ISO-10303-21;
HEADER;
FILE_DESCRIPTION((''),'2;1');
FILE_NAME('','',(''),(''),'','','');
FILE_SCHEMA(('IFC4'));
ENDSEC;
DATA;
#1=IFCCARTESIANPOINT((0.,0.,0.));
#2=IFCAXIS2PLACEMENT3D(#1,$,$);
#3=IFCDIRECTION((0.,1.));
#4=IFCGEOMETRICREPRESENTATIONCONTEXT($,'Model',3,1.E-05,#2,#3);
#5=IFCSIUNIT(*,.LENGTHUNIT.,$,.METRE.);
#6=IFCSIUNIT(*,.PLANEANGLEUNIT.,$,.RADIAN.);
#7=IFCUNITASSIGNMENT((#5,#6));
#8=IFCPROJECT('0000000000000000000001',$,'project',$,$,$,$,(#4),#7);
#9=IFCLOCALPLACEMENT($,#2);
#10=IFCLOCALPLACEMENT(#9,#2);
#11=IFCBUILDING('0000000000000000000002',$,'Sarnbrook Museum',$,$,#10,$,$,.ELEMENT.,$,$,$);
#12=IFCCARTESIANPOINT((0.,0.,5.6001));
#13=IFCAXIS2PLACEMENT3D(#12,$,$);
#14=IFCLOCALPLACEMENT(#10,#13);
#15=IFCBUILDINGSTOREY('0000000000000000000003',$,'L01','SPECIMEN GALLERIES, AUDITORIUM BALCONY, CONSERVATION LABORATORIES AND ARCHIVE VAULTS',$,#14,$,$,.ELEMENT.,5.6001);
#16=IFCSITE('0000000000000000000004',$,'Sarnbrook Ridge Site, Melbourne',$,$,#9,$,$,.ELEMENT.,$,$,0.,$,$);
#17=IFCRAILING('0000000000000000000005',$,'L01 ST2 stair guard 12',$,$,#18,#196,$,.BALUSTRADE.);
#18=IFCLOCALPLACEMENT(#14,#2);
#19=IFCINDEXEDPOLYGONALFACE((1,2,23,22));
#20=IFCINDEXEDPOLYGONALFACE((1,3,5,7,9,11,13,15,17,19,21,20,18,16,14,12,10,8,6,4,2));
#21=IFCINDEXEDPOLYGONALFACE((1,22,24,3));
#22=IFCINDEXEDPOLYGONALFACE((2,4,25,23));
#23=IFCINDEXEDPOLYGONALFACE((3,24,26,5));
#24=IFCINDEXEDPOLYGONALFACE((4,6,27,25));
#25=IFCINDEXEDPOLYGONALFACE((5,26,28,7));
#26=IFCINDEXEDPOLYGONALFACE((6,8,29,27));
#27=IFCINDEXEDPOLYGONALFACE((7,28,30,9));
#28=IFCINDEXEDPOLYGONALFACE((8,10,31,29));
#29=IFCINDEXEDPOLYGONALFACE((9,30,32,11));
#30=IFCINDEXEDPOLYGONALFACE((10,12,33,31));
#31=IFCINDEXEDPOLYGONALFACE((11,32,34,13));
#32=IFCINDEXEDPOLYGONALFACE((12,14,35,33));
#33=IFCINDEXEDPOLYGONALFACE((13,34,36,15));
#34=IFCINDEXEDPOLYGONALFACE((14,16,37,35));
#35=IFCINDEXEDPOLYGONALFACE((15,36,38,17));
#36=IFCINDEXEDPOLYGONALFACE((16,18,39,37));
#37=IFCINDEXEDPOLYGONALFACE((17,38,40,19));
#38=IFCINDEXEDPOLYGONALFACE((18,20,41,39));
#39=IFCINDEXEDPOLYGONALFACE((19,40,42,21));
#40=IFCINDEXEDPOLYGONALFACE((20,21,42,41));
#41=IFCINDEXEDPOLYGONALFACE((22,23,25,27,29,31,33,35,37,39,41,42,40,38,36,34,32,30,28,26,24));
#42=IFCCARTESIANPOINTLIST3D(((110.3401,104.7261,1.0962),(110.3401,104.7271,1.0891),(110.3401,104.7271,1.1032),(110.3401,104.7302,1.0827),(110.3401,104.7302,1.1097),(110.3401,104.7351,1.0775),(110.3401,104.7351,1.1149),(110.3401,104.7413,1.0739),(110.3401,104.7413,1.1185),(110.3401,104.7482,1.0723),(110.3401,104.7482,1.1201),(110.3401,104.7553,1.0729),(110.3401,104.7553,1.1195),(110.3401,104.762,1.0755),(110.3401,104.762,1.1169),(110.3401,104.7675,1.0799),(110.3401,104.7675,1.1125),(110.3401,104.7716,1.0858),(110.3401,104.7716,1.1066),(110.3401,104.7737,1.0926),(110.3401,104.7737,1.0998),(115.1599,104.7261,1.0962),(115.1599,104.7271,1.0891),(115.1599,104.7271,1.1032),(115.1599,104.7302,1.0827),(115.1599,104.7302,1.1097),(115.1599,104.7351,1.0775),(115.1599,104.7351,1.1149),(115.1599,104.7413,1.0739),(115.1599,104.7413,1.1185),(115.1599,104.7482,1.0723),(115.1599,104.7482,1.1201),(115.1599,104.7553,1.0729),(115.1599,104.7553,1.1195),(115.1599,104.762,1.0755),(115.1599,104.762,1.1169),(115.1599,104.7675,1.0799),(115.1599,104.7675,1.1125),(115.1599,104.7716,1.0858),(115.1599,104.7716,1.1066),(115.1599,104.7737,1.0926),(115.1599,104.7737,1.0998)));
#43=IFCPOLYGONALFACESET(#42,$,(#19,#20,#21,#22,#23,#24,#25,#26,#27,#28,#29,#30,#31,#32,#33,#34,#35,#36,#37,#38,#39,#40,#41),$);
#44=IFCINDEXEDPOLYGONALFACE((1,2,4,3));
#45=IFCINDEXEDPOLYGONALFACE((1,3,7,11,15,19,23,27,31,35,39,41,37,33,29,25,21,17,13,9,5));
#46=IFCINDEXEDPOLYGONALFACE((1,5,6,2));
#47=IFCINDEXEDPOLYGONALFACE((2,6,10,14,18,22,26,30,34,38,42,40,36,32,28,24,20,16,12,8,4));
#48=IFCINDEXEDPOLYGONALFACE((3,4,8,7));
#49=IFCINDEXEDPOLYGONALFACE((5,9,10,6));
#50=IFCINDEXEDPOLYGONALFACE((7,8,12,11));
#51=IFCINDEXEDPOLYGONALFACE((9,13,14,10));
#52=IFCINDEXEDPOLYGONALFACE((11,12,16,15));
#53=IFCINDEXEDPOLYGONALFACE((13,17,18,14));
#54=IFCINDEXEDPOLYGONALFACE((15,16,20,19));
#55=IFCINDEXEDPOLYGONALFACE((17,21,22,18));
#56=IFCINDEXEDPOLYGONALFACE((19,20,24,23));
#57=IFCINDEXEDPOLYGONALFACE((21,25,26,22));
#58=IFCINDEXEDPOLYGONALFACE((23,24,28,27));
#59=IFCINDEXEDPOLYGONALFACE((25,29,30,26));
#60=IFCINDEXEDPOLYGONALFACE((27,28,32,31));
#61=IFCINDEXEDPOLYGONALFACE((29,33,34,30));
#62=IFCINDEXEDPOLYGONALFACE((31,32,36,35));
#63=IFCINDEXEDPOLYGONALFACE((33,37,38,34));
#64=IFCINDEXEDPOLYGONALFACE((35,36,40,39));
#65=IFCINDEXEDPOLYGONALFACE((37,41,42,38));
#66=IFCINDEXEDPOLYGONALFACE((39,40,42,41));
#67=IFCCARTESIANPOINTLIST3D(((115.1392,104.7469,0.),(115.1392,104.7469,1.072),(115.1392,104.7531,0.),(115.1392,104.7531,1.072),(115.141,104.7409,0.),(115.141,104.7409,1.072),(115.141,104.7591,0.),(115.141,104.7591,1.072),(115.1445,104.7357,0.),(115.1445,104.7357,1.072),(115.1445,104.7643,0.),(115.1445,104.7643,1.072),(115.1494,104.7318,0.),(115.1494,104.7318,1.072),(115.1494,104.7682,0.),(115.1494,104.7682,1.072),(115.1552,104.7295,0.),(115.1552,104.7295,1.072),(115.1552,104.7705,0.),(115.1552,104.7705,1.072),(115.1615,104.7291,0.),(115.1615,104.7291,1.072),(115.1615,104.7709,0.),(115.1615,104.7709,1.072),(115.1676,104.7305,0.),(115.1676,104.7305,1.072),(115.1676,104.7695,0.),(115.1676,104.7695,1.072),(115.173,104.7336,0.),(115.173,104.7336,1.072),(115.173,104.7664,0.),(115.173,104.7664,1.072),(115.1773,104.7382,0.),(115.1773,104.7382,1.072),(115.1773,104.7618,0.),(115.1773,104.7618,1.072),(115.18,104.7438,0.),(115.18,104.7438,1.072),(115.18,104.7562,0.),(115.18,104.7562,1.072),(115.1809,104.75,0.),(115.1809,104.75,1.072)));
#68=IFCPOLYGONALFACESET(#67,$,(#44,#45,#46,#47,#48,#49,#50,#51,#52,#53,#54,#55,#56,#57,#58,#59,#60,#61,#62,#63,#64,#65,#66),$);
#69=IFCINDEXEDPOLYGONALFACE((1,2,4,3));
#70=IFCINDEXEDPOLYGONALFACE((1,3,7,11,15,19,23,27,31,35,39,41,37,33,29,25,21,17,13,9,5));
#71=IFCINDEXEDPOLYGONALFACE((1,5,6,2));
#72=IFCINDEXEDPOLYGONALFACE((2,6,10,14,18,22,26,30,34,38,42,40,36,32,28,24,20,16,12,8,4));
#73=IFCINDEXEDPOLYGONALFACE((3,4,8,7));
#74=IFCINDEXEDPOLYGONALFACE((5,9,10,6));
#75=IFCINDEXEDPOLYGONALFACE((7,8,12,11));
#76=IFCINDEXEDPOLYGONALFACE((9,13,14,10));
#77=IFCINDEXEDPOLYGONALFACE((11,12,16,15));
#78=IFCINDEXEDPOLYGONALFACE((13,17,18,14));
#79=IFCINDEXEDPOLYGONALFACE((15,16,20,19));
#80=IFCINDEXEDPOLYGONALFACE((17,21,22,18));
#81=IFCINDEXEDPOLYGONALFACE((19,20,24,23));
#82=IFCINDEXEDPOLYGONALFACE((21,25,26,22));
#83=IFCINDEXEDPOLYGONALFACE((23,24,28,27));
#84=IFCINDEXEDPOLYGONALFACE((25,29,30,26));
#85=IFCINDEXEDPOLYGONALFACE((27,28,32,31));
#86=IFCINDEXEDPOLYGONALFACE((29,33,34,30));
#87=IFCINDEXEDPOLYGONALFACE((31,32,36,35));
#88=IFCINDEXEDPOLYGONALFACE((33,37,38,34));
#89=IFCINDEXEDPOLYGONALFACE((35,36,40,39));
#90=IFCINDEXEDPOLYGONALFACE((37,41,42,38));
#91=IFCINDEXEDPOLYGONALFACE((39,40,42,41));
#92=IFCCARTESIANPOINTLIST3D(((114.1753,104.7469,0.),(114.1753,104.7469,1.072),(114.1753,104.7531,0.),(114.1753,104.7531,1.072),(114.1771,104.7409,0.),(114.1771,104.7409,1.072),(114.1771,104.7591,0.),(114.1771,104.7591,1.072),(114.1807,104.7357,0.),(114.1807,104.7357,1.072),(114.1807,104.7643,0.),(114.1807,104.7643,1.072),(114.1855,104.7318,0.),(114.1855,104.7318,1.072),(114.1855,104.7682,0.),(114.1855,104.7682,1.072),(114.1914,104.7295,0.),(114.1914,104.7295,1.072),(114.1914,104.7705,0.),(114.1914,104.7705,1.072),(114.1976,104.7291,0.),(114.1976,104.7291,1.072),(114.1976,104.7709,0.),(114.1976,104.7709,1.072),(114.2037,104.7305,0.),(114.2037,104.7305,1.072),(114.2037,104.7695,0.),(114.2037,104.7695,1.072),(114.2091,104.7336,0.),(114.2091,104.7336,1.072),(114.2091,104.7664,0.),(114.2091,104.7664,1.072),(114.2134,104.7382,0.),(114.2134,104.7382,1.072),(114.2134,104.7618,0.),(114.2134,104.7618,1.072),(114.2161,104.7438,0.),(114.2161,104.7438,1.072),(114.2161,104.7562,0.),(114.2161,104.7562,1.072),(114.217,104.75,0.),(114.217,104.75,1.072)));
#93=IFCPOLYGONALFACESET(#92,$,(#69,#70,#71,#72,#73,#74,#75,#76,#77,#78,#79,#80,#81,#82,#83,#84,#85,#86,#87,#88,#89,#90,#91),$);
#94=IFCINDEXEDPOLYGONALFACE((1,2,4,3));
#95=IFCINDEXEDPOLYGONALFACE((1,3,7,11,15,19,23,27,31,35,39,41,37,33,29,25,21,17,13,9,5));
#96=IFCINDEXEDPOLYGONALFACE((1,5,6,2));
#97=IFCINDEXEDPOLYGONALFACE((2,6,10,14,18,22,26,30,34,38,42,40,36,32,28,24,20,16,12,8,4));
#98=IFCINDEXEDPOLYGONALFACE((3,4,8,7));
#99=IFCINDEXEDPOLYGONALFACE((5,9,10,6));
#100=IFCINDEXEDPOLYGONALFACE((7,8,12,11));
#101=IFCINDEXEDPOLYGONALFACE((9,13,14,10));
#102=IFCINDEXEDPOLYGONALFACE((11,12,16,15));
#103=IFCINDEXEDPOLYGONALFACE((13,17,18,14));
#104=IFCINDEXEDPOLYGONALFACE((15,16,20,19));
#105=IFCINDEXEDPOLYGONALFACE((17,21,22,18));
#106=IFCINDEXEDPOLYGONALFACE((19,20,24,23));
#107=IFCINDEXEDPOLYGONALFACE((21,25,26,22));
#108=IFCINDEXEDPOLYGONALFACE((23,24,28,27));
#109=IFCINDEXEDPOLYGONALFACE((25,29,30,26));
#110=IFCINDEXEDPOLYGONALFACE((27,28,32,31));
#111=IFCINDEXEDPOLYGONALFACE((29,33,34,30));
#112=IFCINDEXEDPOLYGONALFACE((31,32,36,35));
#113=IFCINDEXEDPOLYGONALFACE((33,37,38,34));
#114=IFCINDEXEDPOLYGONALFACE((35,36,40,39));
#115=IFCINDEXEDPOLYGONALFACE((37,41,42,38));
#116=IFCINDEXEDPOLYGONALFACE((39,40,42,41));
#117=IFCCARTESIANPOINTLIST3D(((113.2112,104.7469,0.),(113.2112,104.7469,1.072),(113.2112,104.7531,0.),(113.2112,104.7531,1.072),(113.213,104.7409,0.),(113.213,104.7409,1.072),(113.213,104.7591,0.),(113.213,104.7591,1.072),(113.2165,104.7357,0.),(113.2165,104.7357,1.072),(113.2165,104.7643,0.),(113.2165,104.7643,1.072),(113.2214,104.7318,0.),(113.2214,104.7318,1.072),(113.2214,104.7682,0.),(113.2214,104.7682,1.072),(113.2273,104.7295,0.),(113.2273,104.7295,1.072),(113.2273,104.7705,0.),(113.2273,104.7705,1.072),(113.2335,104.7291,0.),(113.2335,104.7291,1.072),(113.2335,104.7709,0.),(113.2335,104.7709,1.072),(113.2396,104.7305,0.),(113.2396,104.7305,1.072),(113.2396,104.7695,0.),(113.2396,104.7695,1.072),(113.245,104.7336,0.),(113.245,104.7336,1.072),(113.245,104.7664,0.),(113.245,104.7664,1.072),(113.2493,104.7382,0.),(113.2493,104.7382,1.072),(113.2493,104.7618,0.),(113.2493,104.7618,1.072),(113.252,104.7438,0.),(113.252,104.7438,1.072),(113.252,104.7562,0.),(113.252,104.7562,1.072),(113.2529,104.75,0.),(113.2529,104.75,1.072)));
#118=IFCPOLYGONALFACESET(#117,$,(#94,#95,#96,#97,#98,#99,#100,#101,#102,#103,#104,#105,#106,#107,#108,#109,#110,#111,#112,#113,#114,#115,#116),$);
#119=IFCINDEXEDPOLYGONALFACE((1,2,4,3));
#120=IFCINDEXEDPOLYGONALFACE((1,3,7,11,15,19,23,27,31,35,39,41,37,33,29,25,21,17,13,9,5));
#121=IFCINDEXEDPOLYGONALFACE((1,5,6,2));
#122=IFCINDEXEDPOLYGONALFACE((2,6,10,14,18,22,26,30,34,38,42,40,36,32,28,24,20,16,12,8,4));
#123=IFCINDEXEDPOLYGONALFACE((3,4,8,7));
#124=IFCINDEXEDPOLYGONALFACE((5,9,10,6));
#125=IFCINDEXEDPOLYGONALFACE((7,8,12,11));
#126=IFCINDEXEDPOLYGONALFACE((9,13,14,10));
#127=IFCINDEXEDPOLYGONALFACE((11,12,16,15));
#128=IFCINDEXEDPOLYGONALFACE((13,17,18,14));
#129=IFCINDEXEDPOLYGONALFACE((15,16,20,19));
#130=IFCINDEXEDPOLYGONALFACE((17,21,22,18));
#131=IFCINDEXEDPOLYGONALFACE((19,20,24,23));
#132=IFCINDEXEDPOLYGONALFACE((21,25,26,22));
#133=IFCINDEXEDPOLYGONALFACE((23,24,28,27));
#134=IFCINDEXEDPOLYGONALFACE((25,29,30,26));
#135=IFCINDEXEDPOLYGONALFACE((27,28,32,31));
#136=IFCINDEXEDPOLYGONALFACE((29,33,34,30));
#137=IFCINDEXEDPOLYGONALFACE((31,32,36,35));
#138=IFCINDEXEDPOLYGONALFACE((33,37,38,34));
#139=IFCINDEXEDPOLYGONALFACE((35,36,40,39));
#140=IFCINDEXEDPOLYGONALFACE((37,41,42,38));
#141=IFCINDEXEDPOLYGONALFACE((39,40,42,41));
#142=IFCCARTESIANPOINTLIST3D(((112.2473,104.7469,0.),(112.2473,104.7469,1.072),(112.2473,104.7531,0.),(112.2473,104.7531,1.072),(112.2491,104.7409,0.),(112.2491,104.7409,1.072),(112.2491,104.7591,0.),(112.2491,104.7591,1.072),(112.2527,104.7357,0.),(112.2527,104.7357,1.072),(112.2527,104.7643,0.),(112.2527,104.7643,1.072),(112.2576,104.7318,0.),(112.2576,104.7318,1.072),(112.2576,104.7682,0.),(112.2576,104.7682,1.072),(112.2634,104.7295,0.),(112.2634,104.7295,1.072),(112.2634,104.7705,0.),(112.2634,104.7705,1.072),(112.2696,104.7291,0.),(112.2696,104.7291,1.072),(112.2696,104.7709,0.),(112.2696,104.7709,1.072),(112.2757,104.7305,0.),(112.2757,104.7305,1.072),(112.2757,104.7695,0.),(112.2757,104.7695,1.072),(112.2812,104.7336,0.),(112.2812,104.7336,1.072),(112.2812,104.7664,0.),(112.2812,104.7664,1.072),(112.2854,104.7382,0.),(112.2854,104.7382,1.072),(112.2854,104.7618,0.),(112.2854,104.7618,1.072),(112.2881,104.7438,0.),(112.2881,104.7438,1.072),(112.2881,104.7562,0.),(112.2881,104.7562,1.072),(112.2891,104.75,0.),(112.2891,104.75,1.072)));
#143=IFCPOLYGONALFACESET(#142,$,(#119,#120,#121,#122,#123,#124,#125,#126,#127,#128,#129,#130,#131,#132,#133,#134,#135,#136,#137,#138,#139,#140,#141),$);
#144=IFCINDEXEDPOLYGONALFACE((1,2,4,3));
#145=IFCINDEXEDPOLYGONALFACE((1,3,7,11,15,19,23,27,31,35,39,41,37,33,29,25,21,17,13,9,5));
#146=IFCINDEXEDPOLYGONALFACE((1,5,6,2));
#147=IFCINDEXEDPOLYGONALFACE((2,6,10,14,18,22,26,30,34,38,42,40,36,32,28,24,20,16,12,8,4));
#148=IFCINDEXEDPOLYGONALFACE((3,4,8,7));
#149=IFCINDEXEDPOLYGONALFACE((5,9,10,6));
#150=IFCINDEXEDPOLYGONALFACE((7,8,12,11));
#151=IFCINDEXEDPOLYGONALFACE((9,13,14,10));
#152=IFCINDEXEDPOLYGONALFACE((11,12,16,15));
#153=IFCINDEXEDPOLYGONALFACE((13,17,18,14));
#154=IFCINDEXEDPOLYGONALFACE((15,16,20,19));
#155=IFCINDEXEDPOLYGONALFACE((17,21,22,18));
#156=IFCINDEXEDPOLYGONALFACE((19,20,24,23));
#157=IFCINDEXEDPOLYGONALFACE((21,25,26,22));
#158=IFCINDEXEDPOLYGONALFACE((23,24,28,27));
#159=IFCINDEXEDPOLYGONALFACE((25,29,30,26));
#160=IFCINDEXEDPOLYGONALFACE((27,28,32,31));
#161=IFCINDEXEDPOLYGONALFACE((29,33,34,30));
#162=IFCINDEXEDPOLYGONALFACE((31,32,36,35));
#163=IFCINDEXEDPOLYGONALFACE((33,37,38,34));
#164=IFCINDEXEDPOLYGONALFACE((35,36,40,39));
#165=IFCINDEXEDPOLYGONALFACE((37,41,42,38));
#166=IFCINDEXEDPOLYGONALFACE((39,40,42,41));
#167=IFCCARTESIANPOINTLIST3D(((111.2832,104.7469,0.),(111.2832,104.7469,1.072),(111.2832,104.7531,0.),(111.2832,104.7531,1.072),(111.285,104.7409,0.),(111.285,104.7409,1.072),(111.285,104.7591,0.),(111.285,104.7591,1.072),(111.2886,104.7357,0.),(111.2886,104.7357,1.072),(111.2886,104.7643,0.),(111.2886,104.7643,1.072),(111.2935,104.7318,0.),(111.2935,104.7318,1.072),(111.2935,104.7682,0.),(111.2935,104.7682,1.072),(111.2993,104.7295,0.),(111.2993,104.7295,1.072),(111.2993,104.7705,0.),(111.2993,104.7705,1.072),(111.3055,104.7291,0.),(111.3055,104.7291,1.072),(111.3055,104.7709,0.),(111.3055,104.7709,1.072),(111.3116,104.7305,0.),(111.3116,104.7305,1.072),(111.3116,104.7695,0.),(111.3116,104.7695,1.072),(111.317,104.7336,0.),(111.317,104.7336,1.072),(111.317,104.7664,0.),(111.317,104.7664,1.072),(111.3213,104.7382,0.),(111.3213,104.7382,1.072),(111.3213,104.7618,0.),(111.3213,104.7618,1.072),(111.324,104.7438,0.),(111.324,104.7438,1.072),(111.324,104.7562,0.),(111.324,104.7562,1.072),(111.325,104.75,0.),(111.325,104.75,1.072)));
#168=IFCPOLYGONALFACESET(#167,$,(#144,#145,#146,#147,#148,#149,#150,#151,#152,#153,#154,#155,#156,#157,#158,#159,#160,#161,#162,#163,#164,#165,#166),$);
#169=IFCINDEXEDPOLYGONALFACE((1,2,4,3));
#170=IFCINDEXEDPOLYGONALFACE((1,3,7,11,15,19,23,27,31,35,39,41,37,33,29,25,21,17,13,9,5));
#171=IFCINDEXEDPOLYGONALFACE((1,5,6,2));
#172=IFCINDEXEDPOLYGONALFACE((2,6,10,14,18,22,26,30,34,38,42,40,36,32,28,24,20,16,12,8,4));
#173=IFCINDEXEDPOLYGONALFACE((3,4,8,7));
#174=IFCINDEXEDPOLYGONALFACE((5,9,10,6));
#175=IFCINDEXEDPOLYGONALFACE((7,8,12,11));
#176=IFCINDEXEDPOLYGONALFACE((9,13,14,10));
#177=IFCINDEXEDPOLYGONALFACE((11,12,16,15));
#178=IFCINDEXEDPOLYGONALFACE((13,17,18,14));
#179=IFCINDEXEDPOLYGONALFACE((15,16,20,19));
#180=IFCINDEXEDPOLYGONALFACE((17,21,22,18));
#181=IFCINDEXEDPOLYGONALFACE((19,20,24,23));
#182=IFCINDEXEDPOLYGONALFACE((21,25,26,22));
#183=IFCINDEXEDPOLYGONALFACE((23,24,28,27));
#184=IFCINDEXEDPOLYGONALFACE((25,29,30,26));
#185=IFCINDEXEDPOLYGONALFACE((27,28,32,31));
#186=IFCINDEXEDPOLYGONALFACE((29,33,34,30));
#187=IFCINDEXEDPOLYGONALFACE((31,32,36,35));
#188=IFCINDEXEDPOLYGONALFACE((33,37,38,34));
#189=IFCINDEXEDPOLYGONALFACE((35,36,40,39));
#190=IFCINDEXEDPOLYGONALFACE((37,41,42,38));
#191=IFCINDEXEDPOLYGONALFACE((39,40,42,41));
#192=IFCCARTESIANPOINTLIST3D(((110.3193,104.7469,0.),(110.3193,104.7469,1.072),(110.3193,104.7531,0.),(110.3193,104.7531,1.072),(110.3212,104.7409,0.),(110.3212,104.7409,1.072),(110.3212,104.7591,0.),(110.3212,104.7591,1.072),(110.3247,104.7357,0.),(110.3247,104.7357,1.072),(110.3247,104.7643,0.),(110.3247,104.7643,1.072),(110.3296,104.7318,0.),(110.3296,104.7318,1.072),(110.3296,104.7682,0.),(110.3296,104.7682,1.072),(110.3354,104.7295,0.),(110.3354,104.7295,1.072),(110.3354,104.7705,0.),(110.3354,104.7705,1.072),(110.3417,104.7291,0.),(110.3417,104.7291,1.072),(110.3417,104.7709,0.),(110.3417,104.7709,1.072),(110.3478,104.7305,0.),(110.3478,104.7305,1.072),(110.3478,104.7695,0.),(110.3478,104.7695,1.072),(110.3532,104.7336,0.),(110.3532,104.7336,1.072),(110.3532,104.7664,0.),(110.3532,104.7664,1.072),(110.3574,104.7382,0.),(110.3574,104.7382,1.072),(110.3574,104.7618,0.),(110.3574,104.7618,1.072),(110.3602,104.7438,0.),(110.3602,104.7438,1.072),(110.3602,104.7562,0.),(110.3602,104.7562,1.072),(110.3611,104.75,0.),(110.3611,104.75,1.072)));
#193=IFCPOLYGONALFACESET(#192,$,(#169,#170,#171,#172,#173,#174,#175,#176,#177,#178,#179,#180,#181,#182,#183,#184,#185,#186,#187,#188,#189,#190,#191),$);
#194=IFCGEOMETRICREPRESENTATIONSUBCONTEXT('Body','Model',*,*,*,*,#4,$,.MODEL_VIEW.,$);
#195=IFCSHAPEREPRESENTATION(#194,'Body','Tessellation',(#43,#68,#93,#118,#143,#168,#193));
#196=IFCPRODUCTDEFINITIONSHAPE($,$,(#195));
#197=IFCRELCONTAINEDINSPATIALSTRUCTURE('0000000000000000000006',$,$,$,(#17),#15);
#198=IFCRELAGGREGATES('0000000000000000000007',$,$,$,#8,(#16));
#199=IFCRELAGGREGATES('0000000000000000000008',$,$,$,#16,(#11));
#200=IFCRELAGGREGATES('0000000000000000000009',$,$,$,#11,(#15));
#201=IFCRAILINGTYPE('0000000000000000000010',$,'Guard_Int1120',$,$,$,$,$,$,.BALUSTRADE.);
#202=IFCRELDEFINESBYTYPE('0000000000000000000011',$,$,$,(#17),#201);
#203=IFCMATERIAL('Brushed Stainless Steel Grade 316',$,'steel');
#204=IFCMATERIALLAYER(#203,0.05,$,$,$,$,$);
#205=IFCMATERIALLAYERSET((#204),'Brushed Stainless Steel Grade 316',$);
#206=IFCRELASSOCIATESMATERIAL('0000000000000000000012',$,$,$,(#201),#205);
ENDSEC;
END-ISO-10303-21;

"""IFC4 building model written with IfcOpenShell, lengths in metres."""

from ifc_helpers import new_model, si_unit, direction, frame, origin, origin_2d, place, context, subcontext, project, spatial, circle, extrude, material, layer, layer_set, type_object, element, save


model = new_model("IFC4")

# Units and contexts
model_context = context("Model", 3, precision=1e-05, world=origin(), true_north=direction((0.0, 1.0)))
body_context = subcontext(model_context, "Body", "Model", "MODEL_VIEW")
ifc_project = project(units=[si_unit("LENGTHUNIT", "METRE"), si_unit("PLANEANGLEUNIT", "RADIAN")], contexts=[model_context])

# Site, building, storey
site_placement = place(None, origin())
site = spatial("IfcSite", under=ifc_project, at=site_placement, Name="Sarnbrook Ridge Site, Melbourne", CompositionType="ELEMENT", RefElevation=0.0)
building_placement = place(site_placement, origin())
building = spatial("IfcBuilding", under=site, at=building_placement, Name="Sarnbrook Museum", CompositionType="ELEMENT")
storey_placement = place(building_placement, frame((0.0, 0.0, 5.6001)))
storey = spatial("IfcBuildingStorey", under=building, at=storey_placement, Name="L01", Description="SPECIMEN GALLERIES, AUDITORIUM BALCONY, CONSERVATION LABORATORIES AND ARCHIVE VAULTS", CompositionType="ELEMENT", Elevation=5.6001)

# Shared definitions
ifc_material_1 = material(Name="Brushed Stainless Steel Grade 316", Category="steel")

# Railing
ifc_layer_1 = layer(ifc_material_1, 0.05)
ifc_layer_set_1 = layer_set([ifc_layer_1], Name="Brushed Stainless Steel Grade 316")
railing_type_1 = type_object("IfcRailingType", Name="Guard_Int1120", PredefinedType="BALUSTRADE", material=ifc_layer_set_1)
railing_1_placement = place(storey_placement, frame((115.1599, 104.75, 0.0)))
element("IfcRailing", 1, at=railing_1_placement, inside=storey, type_object=railing_type_1, Name="L01 ST2 stair guard 12", PredefinedType="BALUSTRADE", context=body_context, shape_type="SweptSolid", body=[
    extrude(circle(Radius=0.0239, at=origin_2d()), frame((0.0, 0.0, 1.0962), z_axis=(-1.0, 0.0, 0.0), x_axis=(0.0, -1.0, 0.0)), (0.0, 0.0, 1.0), 4.8198),
    extrude(circle(Radius=0.021, at=origin_2d()), origin(), (0.0, 0.0, 1.0), 1.072),
    extrude(circle(Radius=0.021, at=origin_2d()), frame((-0.9639, 0.0, 0.0)), (0.0, 0.0, 1.0), 1.072),
    extrude(circle(Radius=0.021, at=origin_2d()), frame((-1.928, 0.0, 0.0)), (0.0, 0.0, 1.0), 1.072),
    extrude(circle(Radius=0.021, at=origin_2d()), frame((-2.8918, 0.0, 0.0)), (0.0, 0.0, 1.0), 1.072),
    extrude(circle(Radius=0.021, at=origin_2d()), frame((-3.856, 0.0, 0.0)), (0.0, 0.0, 1.0), 1.072),
    extrude(circle(Radius=0.021, at=origin_2d()), frame((-4.8198, 0.0, 0.0)), (0.0, 0.0, 1.0), 1.072),
])

save(model, "model.ifc")
